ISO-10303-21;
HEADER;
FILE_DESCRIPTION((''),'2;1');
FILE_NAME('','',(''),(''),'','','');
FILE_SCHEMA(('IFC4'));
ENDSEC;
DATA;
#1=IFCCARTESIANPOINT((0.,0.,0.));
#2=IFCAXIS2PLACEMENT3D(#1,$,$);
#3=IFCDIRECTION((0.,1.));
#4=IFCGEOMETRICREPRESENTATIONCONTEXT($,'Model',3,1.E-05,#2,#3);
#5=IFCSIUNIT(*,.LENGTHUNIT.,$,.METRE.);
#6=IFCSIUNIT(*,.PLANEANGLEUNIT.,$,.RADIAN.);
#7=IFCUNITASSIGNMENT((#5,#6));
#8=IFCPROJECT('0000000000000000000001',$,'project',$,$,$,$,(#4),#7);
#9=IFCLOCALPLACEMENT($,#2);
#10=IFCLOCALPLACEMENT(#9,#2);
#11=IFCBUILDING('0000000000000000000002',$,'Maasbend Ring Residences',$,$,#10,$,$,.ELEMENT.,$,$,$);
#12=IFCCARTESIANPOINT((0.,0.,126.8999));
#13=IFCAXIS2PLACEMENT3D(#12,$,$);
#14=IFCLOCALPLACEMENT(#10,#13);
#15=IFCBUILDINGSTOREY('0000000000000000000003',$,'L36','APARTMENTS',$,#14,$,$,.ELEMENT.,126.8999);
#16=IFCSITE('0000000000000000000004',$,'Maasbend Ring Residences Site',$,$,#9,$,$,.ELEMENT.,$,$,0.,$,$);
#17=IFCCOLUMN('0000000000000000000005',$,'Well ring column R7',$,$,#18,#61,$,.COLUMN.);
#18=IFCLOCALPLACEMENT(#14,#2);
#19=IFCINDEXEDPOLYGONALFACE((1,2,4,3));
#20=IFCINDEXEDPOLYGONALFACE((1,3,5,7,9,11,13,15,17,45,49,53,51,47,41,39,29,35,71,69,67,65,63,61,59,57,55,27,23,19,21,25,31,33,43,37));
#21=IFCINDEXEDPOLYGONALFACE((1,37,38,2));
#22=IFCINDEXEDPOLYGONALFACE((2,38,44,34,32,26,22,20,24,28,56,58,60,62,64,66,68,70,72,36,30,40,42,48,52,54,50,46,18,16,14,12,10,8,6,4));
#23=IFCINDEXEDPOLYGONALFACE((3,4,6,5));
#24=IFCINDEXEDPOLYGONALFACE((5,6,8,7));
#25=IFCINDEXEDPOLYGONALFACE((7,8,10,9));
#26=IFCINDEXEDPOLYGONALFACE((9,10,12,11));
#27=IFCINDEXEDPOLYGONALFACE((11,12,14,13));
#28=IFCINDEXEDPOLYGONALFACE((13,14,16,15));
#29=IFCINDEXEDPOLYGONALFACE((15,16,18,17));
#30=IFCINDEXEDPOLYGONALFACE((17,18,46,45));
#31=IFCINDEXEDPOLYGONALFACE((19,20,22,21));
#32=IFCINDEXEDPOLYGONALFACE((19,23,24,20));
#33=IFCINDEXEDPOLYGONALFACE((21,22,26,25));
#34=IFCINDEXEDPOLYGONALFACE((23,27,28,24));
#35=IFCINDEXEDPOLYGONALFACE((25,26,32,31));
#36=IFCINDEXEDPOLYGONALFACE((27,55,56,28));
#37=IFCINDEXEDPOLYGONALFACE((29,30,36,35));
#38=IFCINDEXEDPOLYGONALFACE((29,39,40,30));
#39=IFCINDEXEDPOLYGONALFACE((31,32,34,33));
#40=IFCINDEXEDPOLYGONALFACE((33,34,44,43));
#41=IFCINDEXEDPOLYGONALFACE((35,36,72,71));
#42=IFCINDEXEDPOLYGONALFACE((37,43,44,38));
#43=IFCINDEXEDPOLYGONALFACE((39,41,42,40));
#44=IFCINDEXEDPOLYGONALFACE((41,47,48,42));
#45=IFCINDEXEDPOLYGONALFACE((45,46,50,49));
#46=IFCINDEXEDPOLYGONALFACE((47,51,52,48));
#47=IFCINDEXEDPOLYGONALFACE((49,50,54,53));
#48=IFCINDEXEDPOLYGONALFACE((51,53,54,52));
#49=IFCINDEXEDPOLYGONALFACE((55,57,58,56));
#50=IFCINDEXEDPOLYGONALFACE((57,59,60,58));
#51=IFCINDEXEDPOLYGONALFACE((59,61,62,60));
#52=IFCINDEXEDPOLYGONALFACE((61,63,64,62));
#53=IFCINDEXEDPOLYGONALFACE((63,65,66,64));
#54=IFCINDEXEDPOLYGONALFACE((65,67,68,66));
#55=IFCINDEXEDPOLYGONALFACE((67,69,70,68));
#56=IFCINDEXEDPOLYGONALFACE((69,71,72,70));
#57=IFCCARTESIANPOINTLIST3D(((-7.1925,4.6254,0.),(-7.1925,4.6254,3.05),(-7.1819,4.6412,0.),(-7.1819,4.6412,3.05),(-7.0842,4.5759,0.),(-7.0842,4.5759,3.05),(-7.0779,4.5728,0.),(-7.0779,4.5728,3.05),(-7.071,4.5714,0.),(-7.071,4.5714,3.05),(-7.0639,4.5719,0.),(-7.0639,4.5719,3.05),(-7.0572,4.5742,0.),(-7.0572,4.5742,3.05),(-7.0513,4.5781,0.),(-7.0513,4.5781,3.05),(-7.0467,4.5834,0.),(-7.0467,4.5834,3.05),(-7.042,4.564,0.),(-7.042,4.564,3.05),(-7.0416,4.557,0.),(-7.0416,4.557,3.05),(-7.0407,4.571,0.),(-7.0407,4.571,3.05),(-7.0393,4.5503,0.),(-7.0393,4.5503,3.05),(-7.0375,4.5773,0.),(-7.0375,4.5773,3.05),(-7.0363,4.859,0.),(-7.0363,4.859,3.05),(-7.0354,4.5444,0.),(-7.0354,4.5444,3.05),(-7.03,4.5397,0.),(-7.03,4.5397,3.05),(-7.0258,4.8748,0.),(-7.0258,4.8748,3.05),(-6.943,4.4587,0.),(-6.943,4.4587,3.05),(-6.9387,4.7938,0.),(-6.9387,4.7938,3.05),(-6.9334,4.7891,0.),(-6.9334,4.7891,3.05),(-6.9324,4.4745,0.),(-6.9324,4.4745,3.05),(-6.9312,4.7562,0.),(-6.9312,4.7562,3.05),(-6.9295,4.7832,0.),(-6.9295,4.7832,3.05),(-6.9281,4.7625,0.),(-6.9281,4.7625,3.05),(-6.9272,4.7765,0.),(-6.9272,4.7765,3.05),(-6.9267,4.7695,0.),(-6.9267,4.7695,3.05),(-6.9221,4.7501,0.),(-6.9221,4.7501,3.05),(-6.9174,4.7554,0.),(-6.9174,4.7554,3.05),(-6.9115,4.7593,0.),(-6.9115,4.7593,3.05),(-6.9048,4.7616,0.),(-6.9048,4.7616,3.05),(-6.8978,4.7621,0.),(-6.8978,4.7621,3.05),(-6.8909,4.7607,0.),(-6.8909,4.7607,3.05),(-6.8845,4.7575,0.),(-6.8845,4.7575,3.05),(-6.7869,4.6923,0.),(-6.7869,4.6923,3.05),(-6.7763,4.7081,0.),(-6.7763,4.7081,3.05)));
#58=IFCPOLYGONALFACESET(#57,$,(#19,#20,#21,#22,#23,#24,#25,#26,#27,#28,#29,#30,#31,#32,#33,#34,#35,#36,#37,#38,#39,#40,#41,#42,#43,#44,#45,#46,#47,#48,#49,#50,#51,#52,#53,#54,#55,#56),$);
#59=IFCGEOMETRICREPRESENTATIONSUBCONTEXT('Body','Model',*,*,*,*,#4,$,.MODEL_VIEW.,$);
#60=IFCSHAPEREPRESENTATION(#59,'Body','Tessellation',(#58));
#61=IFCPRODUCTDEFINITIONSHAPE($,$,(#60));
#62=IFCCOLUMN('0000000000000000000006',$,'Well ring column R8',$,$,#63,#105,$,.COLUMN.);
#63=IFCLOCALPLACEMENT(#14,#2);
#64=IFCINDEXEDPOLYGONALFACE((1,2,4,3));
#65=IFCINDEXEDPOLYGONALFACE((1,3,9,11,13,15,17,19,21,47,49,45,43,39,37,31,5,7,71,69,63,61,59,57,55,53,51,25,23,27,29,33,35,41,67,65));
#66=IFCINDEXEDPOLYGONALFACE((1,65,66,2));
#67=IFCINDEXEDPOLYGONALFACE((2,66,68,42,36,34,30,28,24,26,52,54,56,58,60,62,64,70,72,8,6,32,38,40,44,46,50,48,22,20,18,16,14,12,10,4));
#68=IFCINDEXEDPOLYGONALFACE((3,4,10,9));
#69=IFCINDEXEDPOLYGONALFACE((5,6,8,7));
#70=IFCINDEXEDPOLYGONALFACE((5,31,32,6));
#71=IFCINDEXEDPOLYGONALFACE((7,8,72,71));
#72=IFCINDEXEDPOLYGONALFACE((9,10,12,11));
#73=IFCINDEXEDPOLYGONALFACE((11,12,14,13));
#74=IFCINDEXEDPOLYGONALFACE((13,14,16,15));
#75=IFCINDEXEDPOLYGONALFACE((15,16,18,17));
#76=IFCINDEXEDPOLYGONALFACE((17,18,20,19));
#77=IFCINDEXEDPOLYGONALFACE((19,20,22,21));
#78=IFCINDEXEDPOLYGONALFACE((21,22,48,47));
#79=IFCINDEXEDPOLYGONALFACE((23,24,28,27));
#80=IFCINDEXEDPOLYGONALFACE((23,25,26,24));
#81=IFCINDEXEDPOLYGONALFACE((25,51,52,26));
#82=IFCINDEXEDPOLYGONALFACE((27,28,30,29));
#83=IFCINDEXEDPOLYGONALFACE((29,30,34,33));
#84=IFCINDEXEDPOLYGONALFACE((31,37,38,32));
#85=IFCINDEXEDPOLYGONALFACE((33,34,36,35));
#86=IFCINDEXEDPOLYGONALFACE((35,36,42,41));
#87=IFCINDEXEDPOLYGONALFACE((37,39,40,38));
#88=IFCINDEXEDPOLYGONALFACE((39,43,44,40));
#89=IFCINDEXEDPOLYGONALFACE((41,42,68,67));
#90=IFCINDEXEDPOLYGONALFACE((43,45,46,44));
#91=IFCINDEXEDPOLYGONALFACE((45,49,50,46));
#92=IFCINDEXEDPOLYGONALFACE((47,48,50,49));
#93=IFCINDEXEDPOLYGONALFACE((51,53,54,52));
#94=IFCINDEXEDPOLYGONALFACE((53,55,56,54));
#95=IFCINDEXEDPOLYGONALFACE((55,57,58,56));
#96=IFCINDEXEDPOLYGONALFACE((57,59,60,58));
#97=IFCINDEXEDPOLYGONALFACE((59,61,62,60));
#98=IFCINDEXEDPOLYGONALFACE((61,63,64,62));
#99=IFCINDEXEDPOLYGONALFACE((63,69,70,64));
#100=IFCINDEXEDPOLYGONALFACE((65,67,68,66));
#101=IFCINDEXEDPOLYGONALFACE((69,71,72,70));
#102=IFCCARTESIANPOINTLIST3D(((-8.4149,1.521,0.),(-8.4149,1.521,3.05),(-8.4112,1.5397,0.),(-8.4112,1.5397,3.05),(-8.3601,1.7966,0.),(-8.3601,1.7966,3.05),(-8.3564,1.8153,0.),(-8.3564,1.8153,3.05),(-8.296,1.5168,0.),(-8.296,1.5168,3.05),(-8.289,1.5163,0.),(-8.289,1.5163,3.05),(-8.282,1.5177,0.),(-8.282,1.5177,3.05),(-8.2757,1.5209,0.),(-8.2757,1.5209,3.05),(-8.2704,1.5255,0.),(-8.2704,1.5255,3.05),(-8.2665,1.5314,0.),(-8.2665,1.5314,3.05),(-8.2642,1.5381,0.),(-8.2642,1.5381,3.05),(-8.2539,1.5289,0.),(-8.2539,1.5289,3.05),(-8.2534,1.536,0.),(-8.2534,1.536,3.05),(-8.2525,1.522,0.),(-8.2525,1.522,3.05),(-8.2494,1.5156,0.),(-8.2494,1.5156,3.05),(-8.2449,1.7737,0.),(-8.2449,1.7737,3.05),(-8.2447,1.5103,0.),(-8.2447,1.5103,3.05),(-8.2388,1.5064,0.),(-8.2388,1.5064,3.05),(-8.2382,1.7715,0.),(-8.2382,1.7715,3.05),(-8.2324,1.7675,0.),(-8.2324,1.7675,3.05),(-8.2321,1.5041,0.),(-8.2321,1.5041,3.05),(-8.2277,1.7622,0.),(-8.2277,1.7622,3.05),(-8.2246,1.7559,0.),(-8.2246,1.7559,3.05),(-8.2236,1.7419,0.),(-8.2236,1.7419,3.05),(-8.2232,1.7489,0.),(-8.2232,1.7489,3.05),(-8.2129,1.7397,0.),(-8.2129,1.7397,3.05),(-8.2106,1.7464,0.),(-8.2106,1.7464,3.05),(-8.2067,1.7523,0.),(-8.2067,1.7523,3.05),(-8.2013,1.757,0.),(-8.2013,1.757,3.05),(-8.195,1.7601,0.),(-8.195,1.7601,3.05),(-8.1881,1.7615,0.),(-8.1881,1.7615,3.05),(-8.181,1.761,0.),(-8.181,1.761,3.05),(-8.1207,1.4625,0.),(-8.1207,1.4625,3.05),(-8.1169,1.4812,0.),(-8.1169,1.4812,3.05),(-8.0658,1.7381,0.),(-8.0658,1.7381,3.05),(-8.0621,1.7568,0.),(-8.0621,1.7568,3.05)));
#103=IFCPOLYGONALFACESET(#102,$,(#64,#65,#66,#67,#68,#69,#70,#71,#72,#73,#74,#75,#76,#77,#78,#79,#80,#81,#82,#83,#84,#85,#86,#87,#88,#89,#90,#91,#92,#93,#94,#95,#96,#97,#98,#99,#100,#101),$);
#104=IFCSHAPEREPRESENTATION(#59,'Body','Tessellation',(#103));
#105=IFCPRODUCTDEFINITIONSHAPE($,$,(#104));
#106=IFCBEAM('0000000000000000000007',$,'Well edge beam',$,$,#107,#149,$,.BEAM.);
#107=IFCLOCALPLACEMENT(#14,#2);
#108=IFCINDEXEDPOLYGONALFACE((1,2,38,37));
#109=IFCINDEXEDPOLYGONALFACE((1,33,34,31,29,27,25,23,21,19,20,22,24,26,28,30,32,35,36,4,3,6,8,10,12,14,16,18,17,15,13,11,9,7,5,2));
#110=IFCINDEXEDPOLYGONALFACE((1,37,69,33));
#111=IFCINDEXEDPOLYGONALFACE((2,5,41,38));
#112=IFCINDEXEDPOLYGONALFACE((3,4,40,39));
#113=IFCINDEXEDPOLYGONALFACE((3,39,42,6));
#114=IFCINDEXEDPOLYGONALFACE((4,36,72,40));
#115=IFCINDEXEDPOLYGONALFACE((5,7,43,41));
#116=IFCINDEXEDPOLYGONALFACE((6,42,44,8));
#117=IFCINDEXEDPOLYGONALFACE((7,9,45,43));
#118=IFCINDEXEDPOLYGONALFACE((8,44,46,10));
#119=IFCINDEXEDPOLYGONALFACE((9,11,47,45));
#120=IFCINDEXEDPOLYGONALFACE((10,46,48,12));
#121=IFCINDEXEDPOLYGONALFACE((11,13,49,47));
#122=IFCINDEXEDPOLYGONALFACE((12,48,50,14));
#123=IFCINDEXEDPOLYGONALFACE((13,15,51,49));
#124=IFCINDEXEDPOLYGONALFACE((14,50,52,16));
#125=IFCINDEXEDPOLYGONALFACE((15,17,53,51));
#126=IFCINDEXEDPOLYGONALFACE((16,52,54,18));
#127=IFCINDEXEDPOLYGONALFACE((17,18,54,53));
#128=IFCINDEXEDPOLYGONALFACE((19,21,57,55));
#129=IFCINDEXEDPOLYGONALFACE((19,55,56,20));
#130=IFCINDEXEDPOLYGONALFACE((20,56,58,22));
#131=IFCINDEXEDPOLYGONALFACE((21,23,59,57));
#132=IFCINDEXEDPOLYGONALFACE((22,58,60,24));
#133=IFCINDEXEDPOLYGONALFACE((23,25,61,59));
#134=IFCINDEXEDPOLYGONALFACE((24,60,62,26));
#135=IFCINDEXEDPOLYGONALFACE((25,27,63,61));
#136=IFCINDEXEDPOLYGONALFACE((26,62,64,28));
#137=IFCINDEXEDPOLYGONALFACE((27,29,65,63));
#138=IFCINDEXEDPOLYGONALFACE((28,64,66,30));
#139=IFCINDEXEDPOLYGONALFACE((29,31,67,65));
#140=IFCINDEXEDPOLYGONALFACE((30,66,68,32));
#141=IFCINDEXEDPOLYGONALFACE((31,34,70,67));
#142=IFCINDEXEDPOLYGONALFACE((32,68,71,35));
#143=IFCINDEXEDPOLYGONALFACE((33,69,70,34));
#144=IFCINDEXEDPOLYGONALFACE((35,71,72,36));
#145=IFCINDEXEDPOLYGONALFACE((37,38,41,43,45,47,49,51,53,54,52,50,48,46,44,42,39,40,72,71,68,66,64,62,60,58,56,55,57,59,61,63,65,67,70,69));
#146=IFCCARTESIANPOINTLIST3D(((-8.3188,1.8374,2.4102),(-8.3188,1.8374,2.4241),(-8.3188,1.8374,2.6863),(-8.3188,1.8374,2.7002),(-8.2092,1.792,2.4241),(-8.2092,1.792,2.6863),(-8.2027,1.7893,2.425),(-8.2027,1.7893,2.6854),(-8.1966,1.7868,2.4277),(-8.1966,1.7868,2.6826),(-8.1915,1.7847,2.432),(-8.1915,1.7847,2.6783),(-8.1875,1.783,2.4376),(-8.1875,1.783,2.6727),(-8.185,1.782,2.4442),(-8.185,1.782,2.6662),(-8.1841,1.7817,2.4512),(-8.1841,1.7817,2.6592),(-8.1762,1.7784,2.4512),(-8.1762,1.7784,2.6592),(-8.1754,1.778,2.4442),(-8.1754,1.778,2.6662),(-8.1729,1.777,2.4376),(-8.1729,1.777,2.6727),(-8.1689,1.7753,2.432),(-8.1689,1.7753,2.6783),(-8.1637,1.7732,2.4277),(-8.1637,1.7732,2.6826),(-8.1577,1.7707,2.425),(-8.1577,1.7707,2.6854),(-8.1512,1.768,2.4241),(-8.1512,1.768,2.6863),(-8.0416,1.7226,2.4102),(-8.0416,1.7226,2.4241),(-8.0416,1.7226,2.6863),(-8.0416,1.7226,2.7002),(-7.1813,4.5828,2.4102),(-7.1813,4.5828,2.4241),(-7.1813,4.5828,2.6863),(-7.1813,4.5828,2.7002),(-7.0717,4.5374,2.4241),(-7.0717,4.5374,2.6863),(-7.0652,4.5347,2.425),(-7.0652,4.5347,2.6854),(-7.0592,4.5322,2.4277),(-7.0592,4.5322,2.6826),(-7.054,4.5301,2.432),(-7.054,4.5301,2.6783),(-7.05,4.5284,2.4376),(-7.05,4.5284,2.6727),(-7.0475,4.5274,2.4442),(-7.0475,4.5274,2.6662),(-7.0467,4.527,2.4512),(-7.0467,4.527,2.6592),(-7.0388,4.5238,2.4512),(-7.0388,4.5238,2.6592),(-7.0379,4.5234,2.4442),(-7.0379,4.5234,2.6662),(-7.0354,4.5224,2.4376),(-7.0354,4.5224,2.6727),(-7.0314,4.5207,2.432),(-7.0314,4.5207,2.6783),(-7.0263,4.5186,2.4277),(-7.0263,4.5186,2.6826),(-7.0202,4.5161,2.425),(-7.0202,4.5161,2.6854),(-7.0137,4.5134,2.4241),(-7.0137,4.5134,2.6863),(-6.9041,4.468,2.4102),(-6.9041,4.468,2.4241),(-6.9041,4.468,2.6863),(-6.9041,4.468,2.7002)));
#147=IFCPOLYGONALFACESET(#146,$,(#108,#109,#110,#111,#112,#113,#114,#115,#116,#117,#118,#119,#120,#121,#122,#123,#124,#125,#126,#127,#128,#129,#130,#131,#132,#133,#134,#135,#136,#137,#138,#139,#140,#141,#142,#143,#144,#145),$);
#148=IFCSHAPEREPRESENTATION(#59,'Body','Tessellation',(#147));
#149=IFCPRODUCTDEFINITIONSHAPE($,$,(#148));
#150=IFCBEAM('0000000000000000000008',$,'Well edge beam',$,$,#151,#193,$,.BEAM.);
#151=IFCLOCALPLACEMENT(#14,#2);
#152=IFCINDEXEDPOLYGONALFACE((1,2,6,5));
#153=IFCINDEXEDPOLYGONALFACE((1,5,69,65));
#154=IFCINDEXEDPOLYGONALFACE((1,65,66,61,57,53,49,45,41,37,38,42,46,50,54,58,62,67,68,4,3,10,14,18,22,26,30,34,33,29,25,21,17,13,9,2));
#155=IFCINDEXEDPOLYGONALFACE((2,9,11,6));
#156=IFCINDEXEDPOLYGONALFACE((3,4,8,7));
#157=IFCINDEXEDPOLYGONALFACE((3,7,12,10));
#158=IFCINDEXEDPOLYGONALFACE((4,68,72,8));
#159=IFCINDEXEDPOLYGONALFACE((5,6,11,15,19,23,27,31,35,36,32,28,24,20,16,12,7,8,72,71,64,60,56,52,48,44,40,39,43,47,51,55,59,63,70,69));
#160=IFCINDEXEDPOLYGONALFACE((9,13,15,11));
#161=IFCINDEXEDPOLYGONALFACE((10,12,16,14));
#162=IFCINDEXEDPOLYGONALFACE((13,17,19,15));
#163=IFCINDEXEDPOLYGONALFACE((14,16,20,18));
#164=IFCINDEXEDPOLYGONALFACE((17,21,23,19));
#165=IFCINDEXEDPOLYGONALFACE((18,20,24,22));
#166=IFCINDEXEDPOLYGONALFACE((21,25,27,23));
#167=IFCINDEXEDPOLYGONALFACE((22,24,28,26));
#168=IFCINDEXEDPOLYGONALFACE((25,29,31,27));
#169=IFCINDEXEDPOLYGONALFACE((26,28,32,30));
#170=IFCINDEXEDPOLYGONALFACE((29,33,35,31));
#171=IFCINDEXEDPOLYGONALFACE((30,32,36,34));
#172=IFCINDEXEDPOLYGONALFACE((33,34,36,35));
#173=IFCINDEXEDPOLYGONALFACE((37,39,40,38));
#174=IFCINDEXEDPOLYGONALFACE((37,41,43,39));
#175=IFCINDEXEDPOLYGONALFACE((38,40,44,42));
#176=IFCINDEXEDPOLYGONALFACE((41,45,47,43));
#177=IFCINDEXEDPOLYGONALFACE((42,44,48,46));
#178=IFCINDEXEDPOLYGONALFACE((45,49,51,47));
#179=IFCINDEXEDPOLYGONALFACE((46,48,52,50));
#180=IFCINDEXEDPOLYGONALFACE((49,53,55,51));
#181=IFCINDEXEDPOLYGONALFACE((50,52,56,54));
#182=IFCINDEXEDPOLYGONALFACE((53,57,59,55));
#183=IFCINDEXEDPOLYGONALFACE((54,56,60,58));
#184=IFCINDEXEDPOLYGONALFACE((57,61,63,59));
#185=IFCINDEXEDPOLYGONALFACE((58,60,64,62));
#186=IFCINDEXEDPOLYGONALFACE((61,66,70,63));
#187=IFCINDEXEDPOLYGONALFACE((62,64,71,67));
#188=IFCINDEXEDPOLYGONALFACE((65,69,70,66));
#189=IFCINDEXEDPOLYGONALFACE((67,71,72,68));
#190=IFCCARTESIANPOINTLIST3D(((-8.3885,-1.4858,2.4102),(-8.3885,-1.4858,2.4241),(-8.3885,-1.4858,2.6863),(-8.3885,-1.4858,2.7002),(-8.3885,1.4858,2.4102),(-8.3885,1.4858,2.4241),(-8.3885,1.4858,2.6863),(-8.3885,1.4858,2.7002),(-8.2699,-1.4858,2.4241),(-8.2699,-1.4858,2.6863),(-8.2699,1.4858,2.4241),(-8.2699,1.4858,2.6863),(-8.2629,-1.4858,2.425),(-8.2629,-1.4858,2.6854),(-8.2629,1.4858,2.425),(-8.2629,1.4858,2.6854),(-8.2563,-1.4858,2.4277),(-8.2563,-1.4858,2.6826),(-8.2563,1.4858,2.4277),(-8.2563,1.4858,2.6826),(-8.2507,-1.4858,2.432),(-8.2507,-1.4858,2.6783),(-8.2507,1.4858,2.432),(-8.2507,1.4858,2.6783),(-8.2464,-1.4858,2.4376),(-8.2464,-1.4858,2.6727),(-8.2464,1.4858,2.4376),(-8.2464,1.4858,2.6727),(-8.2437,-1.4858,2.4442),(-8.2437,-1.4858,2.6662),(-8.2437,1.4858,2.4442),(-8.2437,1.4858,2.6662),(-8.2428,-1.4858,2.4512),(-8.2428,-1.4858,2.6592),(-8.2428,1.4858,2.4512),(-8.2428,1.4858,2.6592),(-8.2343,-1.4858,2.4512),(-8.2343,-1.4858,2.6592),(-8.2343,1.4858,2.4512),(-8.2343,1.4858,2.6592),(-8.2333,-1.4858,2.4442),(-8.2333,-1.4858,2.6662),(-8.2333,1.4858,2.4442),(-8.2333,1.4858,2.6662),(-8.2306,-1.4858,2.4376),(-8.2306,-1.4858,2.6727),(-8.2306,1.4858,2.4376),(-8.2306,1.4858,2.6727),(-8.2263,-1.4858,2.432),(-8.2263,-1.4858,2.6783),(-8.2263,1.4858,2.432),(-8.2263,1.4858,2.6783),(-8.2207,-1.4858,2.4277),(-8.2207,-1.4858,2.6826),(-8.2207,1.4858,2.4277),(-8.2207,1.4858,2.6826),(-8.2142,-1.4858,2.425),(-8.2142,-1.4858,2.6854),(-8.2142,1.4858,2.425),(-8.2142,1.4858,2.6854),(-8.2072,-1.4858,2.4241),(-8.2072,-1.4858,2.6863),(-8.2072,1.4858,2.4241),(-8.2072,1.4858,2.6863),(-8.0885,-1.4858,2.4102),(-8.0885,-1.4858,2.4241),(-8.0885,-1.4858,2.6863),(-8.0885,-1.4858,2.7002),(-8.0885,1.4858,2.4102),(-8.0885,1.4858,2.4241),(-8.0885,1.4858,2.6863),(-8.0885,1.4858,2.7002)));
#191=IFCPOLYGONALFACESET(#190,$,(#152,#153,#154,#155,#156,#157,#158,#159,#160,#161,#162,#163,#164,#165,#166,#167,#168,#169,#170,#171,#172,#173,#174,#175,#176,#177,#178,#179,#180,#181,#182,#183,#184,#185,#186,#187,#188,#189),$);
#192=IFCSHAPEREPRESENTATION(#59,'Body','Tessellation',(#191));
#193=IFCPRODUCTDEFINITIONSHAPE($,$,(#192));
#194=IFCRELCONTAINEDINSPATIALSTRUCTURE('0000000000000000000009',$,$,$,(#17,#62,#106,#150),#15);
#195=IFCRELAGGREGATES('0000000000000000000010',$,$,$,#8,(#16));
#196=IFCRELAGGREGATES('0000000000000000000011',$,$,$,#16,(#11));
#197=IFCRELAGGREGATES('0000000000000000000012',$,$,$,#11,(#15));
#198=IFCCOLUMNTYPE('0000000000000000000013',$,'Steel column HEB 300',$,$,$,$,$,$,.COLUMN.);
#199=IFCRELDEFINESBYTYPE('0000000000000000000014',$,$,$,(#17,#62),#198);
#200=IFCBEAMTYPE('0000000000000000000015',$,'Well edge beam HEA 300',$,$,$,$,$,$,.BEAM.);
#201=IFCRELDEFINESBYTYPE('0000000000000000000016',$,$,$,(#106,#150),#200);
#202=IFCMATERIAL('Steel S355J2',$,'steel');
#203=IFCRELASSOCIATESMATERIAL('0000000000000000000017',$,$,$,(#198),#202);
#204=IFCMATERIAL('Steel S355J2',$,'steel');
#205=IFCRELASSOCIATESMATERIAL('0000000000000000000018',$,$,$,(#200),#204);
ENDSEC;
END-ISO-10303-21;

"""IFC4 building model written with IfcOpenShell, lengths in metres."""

from ifc_helpers import new_model, si_unit, direction, frame, origin, origin_2d, place, context, subcontext, project, spatial, i_section, extrude, material, material_profile, profile_set, type_object, element, save


model = new_model("IFC4")

# Units and contexts
model_context = context("Model", 3, precision=1e-05, world=origin(), true_north=direction((0.0, 1.0)))
body_context = subcontext(model_context, "Body", "Model", "MODEL_VIEW")
ifc_project = project(units=[si_unit("LENGTHUNIT", "METRE"), si_unit("PLANEANGLEUNIT", "RADIAN")], contexts=[model_context])

# Site, building, storey
site_placement = place(None, origin())
site = spatial("IfcSite", under=ifc_project, at=site_placement, Name="Maasbend Ring Residences Site", CompositionType="ELEMENT", RefElevation=0.0)
building_placement = place(site_placement, origin())
building = spatial("IfcBuilding", under=site, at=building_placement, Name="Maasbend Ring Residences", CompositionType="ELEMENT")
storey_placement = place(building_placement, frame((0.0, 0.0, 126.8999)))
storey = spatial("IfcBuildingStorey", under=building, at=storey_placement, Name="L36", Description="APARTMENTS", CompositionType="ELEMENT", Elevation=126.8999)

# Columns
ifc_material_1 = material(Name="Steel S355J2", Category="steel")
ifc_material_profile_1 = material_profile(ifc_material_1, i_section(OverallWidth=0.3, OverallDepth=0.3, WebThickness=0.011, FlangeThickness=0.019, FilletRadius=0.0271, at=origin_2d()), Name="HEB 300")
ifc_profile_set_1 = profile_set([ifc_material_profile_1], Name="Steel S355J2")
column_type = type_object("IfcColumnType", Name="Steel column HEB 300", PredefinedType="COLUMN", material=ifc_profile_set_1)
for number, where, z_axis, x_axis, name in (
    (1, (-6.9844, 4.6667, 0.0), (0.0, 0.0, 1.0), (-0.83147, 0.55557, 0.0), "Well ring column R7"),
    (2, (-8.2385, 1.6389, 0.0), (0.0, 0.0, 1.0), (-0.980785, 0.19509, 0.0), "Well ring column R8"),
):
    element("IfcColumn", number, at=place(storey_placement, frame(where, z_axis=z_axis, x_axis=x_axis)), inside=storey, type_object=column_type, Name=name, PredefinedType="COLUMN", context=body_context, shape_type="SweptSolid", body=[
        extrude(i_section(OverallWidth=0.3, OverallDepth=0.3, WebThickness=0.011, FlangeThickness=0.019, FilletRadius=0.0271, at=origin_2d()), origin(), (0.0, 0.0, 1.0), 3.05),
    ])

# Beams
ifc_material_2 = material(Name="Steel S355J2", Category="steel")
ifc_material_profile_2 = material_profile(ifc_material_2, i_section(OverallWidth=0.3, OverallDepth=0.29, WebThickness=0.0085, FlangeThickness=0.0139, FilletRadius=0.0271, at=origin_2d()), Name="HEA 300")
ifc_profile_set_2 = profile_set([ifc_material_profile_2], Name="Steel S355J2")
beam_type = type_object("IfcBeamType", Name="Well edge beam HEA 300", PredefinedType="BEAM", material=ifc_profile_set_2)
for number, where, z_axis, x_axis, name in (
    (3, (-7.0427, 4.5254, 2.5552), (-0.382765, -0.923846, 0.0), (0.923846, -0.382765, 0.0), "Well edge beam"),
    (4, (-8.2385, 1.4858, 2.5552), (0.0, -1.0, 0.0), (1.0, 0.0, 0.0), "Well edge beam"),
):
    element("IfcBeam", number, at=place(storey_placement, frame(where, z_axis=z_axis, x_axis=x_axis)), inside=storey, type_object=beam_type, Name=name, PredefinedType="BEAM", context=body_context, shape_type="SweptSolid", body=[
        extrude(i_section(OverallWidth=0.3, OverallDepth=0.29, WebThickness=0.0085, FlangeThickness=0.0139, FilletRadius=0.0271, at=origin_2d()), origin(), (0.0, 0.0, 1.0), 2.9717),
    ])

save(model, "model.ifc")
